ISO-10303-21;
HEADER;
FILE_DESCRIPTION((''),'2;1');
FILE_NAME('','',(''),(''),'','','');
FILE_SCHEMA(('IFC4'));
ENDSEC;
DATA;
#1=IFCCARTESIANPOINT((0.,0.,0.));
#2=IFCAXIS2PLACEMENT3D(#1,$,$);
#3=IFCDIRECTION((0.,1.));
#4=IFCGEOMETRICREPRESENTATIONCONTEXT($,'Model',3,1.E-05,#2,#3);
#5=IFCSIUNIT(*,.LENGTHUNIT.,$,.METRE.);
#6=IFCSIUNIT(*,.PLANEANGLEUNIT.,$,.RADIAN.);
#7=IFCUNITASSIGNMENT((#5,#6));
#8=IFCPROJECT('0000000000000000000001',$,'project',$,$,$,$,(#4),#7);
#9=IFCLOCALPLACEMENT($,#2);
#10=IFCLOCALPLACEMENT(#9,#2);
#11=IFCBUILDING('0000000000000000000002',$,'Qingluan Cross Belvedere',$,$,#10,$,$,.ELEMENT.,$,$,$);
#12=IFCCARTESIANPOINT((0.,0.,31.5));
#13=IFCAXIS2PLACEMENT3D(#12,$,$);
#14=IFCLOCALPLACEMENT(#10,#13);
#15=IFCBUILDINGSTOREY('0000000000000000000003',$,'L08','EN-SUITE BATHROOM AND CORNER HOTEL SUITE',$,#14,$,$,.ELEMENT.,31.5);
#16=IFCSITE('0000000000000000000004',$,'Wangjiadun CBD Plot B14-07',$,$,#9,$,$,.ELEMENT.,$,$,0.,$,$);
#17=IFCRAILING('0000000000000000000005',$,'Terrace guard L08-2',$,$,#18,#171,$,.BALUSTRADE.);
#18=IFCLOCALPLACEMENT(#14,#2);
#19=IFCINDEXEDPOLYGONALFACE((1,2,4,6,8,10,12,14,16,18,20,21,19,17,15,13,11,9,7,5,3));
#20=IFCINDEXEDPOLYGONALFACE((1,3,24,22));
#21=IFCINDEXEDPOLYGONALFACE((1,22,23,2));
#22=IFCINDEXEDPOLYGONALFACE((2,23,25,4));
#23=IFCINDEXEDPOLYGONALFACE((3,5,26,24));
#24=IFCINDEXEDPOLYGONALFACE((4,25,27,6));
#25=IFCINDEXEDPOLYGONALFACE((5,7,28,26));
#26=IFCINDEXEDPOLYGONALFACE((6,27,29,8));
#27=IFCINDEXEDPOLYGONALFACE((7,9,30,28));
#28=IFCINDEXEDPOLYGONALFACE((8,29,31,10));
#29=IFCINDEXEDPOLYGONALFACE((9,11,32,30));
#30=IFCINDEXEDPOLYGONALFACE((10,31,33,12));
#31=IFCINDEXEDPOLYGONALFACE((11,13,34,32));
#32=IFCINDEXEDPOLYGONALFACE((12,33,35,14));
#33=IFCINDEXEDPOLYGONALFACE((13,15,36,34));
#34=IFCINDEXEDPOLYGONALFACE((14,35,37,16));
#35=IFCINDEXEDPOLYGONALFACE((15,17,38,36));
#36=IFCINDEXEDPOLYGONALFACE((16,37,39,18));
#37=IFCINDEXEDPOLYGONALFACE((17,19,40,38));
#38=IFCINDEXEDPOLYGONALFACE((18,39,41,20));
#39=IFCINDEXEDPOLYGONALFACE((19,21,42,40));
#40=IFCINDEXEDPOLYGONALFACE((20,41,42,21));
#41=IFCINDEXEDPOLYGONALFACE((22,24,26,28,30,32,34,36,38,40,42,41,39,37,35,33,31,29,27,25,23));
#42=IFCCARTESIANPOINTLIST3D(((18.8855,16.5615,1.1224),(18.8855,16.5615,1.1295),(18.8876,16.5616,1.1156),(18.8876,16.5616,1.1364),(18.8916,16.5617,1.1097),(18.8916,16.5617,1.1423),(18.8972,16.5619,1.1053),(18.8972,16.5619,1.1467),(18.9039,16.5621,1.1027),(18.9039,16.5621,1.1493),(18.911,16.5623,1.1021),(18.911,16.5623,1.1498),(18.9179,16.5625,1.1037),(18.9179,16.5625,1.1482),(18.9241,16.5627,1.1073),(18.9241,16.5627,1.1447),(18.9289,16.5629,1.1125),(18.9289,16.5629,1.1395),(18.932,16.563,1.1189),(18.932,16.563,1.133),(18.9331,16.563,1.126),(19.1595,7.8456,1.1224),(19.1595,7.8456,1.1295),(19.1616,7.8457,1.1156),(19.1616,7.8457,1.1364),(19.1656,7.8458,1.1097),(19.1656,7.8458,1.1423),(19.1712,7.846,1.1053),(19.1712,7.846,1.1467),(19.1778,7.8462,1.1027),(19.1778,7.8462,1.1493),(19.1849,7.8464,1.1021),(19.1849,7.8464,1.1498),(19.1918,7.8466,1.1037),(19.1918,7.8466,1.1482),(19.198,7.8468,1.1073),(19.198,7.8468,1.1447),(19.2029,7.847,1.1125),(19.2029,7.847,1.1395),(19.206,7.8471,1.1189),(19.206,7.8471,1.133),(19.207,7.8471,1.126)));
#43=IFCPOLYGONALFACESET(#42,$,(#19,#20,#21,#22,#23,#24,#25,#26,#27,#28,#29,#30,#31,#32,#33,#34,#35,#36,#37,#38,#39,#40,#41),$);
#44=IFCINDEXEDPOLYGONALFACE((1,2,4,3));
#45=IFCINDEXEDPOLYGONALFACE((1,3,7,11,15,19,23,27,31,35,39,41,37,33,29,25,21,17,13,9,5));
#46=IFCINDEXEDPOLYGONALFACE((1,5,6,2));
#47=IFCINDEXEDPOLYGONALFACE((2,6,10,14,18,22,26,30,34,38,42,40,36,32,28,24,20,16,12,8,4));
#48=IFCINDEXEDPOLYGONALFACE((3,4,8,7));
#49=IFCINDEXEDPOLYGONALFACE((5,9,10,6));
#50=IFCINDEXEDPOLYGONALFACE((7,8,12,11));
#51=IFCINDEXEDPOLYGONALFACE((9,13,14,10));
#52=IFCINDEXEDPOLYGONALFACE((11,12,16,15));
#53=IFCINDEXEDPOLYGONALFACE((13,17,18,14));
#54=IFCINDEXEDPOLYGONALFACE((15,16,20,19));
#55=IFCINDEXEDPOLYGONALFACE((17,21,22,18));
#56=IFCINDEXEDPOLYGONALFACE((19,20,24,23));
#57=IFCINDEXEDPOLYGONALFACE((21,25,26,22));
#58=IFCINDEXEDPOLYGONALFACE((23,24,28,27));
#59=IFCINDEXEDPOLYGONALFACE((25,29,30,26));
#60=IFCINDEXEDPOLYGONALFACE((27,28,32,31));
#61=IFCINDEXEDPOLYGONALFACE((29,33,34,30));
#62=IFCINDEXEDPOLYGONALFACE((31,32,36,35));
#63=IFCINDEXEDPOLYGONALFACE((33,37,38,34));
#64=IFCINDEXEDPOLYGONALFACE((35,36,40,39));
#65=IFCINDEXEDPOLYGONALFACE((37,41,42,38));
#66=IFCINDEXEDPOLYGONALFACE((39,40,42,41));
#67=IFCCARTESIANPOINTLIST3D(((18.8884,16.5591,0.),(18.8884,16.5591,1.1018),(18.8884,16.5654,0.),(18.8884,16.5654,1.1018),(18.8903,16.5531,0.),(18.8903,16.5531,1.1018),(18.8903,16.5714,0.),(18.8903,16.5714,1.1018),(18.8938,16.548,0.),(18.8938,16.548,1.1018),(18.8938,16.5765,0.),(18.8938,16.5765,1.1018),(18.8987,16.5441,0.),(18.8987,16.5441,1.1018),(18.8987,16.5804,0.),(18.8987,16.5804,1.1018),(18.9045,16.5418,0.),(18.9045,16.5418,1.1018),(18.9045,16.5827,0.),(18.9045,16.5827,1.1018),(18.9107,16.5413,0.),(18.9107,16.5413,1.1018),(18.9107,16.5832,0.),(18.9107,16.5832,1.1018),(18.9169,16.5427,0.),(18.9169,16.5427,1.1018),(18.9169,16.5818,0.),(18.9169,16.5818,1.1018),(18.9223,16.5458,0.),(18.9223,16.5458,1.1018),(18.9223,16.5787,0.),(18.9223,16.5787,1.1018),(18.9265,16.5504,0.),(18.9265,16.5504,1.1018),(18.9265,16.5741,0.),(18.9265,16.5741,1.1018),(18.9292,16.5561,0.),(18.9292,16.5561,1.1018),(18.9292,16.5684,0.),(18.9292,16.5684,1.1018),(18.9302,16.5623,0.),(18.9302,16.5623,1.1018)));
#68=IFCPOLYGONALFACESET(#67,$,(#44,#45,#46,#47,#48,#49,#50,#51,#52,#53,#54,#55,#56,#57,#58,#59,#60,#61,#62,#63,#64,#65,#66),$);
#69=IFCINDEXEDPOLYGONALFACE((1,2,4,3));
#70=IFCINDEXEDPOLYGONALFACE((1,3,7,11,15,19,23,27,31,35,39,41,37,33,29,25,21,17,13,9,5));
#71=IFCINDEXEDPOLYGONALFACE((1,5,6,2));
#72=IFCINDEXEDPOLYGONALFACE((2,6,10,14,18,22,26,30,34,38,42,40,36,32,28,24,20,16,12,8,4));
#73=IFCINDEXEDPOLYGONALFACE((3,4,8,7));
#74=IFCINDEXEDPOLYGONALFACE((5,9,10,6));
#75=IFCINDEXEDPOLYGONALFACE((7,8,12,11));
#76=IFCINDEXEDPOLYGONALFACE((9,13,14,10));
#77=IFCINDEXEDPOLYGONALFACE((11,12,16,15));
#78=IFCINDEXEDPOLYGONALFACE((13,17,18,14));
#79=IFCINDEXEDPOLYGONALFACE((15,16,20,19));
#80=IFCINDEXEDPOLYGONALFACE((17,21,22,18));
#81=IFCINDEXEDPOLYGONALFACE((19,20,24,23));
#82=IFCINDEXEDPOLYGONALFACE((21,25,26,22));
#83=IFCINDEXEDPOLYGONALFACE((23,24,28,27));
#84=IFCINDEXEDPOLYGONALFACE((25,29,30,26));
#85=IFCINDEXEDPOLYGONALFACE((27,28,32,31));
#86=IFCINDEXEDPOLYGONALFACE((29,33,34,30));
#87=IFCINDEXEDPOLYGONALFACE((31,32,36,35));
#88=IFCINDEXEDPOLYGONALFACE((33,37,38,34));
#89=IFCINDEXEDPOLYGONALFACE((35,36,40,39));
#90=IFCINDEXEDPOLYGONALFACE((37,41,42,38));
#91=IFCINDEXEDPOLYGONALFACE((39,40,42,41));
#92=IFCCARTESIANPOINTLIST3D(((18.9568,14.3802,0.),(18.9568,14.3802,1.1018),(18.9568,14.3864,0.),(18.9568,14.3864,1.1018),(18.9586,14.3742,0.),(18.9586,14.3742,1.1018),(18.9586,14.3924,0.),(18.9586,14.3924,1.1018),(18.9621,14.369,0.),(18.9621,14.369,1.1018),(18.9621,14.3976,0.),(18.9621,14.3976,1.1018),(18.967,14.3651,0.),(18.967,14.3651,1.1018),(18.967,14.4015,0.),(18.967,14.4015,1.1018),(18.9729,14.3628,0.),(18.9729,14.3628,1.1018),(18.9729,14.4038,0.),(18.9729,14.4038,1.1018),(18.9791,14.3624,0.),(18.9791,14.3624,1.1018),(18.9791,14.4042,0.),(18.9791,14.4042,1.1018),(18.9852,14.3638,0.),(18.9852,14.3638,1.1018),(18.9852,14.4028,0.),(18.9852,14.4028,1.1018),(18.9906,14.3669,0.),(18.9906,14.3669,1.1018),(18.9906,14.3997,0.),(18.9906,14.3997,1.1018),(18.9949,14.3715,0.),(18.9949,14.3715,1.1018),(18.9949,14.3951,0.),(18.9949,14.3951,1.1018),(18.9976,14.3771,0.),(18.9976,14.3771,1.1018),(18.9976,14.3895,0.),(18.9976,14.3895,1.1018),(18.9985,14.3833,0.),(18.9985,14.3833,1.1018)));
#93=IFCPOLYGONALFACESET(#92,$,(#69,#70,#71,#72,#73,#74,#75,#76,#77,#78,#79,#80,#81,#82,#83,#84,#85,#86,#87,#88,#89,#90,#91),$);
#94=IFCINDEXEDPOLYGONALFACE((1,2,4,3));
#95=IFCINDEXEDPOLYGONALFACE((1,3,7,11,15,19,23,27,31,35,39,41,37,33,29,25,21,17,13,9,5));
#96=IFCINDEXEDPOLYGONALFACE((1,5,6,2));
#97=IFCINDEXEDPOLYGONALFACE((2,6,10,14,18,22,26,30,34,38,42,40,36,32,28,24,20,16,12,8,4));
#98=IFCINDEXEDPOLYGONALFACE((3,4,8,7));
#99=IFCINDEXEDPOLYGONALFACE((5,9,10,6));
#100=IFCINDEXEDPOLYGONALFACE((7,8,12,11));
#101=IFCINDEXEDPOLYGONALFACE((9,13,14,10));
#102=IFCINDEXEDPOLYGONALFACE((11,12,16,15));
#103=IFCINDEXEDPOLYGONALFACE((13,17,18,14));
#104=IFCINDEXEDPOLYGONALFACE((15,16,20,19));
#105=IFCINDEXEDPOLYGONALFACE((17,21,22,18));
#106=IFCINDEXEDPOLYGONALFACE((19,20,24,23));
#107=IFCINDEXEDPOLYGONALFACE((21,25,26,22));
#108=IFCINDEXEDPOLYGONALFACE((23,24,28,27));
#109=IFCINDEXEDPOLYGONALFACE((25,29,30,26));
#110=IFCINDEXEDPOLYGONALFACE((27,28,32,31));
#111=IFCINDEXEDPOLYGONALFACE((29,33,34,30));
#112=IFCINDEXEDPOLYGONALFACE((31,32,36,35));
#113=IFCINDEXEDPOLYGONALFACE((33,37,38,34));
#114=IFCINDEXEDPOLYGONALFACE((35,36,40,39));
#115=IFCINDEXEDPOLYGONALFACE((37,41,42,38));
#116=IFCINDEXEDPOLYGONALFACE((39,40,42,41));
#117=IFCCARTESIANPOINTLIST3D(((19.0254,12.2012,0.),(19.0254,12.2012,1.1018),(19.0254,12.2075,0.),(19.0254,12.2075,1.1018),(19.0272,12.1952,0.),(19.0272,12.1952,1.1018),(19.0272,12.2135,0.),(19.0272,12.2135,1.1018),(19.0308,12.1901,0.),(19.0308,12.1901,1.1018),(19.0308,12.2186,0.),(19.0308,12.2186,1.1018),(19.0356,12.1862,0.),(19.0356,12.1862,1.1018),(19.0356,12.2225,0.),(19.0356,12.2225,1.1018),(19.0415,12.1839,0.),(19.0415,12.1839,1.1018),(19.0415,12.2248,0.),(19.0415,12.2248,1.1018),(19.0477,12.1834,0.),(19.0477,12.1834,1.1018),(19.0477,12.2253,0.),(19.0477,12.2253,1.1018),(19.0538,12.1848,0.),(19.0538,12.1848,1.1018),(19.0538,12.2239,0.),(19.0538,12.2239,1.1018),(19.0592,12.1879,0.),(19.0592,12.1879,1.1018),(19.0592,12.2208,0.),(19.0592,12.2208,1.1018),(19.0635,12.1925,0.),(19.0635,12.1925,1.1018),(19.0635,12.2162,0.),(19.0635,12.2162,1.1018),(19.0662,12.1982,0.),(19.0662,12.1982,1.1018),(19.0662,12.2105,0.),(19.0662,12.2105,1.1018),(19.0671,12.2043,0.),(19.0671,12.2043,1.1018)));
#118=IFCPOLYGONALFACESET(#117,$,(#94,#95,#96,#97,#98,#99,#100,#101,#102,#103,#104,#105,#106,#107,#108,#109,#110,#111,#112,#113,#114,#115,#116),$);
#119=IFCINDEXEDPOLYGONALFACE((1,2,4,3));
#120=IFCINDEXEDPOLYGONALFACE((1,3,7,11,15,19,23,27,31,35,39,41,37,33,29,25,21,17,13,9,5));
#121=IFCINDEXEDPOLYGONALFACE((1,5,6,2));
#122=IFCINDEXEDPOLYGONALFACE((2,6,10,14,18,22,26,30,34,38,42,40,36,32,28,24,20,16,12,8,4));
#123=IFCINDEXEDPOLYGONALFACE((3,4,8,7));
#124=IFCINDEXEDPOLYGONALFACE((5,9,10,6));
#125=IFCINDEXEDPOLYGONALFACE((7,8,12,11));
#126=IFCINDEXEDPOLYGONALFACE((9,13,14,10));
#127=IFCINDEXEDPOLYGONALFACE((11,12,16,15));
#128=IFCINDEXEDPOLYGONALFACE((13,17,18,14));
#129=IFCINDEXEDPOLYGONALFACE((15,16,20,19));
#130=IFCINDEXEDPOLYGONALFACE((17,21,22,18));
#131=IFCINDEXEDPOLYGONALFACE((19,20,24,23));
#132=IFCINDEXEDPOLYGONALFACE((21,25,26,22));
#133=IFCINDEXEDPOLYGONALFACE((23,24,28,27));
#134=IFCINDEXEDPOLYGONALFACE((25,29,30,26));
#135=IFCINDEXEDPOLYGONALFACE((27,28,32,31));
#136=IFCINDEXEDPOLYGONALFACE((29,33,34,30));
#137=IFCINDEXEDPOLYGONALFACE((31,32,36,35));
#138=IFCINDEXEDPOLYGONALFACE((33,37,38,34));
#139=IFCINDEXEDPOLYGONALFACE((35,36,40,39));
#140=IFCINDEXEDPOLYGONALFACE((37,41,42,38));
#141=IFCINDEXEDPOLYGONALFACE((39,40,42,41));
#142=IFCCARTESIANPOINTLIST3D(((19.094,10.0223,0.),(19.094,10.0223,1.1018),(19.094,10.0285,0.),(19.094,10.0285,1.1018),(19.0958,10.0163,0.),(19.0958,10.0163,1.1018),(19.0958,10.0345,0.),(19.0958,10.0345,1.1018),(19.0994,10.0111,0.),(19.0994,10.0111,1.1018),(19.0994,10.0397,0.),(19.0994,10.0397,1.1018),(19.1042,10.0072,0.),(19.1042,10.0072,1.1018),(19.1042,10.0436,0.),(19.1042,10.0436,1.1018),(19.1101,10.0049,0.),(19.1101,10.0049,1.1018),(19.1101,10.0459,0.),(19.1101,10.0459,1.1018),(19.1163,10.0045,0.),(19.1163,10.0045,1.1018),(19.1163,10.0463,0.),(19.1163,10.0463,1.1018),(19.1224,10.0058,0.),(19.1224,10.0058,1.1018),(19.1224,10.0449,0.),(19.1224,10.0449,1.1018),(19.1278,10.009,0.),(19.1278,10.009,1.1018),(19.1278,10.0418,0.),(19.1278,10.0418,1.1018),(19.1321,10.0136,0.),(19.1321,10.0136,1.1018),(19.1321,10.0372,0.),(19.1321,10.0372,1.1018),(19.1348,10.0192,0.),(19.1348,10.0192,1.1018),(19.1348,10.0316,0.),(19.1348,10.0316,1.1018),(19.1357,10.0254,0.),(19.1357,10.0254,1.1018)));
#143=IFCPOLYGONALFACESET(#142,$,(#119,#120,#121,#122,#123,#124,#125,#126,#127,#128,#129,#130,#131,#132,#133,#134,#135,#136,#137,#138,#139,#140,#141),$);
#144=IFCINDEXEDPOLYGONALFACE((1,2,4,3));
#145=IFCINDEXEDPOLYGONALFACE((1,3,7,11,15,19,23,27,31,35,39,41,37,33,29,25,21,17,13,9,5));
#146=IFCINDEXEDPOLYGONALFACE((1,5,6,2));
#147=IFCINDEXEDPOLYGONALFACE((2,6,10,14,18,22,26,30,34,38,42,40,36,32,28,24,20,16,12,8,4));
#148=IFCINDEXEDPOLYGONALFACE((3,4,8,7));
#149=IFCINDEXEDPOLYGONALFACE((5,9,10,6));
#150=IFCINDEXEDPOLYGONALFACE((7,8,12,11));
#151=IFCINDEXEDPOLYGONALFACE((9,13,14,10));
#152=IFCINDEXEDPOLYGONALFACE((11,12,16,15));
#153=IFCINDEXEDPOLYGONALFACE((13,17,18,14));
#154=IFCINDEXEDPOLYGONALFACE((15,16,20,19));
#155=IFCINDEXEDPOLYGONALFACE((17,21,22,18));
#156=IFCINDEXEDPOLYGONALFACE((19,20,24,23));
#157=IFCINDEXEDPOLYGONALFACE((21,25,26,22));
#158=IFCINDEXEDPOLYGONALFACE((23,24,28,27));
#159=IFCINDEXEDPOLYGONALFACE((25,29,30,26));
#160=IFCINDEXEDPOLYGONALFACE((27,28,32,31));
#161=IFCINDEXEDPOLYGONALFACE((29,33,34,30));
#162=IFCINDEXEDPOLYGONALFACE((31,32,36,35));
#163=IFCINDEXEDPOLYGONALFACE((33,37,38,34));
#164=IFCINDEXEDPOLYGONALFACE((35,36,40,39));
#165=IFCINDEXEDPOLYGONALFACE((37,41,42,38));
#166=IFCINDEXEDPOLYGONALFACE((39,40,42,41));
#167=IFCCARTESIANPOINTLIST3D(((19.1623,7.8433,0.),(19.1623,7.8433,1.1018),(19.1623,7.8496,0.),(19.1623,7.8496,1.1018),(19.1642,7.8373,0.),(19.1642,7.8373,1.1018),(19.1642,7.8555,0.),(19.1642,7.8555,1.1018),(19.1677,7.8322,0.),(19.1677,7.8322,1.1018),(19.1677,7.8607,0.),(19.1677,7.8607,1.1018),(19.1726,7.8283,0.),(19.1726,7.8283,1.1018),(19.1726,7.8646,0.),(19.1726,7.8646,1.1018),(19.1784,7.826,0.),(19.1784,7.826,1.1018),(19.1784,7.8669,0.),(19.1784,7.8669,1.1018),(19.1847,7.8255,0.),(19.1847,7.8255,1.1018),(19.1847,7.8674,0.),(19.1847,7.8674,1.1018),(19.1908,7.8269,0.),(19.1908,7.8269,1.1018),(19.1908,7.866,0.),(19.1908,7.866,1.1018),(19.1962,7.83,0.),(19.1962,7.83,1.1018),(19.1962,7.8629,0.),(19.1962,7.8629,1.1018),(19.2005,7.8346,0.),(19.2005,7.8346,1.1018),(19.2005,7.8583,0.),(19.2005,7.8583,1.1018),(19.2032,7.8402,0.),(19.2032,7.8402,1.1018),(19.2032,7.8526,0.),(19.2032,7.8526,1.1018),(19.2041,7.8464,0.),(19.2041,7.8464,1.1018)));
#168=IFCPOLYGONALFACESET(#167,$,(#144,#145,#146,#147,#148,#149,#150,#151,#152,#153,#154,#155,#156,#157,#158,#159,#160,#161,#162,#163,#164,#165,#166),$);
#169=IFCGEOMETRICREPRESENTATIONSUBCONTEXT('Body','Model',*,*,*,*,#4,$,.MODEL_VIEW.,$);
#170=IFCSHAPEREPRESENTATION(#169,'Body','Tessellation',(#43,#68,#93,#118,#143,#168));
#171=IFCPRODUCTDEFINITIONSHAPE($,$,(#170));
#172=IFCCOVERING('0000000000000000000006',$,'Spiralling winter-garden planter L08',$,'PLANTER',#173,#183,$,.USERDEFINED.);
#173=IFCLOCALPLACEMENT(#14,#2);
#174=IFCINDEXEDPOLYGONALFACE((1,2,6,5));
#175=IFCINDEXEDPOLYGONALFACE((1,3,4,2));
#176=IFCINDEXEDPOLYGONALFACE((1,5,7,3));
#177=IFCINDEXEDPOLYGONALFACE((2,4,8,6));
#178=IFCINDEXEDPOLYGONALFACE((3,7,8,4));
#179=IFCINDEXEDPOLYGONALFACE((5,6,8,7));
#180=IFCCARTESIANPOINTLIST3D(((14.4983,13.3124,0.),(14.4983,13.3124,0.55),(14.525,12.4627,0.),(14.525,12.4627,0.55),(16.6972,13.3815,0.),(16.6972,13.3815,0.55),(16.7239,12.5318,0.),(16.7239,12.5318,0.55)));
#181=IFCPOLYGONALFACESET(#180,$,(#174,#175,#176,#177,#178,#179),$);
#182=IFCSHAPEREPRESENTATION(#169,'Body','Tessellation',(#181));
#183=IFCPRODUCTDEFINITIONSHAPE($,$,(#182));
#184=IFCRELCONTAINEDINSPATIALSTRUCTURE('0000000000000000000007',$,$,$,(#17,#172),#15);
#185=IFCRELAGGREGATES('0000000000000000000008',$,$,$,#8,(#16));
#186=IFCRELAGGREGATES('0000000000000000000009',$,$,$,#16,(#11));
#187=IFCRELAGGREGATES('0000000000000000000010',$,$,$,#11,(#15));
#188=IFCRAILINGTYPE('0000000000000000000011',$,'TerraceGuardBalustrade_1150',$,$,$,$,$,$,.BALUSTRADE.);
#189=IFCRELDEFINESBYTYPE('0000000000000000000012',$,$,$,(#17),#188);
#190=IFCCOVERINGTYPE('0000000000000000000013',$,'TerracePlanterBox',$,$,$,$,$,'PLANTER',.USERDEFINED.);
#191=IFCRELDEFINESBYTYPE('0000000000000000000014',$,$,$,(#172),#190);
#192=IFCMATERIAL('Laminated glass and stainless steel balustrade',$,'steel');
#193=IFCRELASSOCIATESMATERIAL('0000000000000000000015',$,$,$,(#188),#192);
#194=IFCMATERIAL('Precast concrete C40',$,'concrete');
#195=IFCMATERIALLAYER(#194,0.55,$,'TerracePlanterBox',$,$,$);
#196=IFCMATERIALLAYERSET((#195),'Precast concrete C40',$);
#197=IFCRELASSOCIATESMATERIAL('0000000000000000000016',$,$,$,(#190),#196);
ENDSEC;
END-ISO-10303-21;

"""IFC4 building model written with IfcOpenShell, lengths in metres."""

from ifc_helpers import new_model, si_unit, direction, frame, origin, origin_2d, place, context, subcontext, project, spatial, rectangle, circle, extrude, material, layer, layer_set, type_object, element, save


model = new_model("IFC4")

# Units and contexts
model_context = context("Model", 3, precision=1e-05, world=origin(), true_north=direction((0.0, 1.0)))
body_context = subcontext(model_context, "Body", "Model", "MODEL_VIEW")
ifc_project = project(units=[si_unit("LENGTHUNIT", "METRE"), si_unit("PLANEANGLEUNIT", "RADIAN")], contexts=[model_context])

# Site, building, storey
site_placement = place(None, origin())
site = spatial("IfcSite", under=ifc_project, at=site_placement, Name="Wangjiadun CBD Plot B14-07", CompositionType="ELEMENT", RefElevation=0.0)
building_placement = place(site_placement, origin())
building = spatial("IfcBuilding", under=site, at=building_placement, Name="Qingluan Cross Belvedere", CompositionType="ELEMENT")
storey_placement = place(building_placement, frame((0.0, 0.0, 31.5)))
storey = spatial("IfcBuildingStorey", under=building, at=storey_placement, Name="L08", Description="EN-SUITE BATHROOM AND CORNER HOTEL SUITE", CompositionType="ELEMENT", Elevation=31.5)

# Railing
ifc_material_1 = material(Name="Laminated glass and stainless steel balustrade", Category="steel")
railing_type = type_object("IfcRailingType", Name="TerraceGuardBalustrade_1150", PredefinedType="BALUSTRADE", material=ifc_material_1)
railing_placement = place(storey_placement, frame((18.9092, 16.5623, 0.0)))
element("IfcRailing", 1, at=railing_placement, inside=storey, type_object=railing_type, Name="Terrace guard L08-2", PredefinedType="BALUSTRADE", context=body_context, shape_type="SweptSolid", body=[
    extrude(circle(Radius=0.0239, at=origin_2d()), frame((0.0, 0.0, 1.126), z_axis=(0.031413, -0.999506, 0.0), x_axis=(0.999506, 0.031413, 0.0)), (0.0, 0.0, 1.0), 8.7202),
    extrude(circle(Radius=0.021, at=origin_2d()), origin(), (0.0, 0.0, 1.0), 1.1018),
    extrude(circle(Radius=0.021, at=origin_2d()), frame((0.0684, -2.179, 0.0)), (0.0, 0.0, 1.0), 1.1018),
    extrude(circle(Radius=0.021, at=origin_2d()), frame((0.137, -4.3579, 0.0)), (0.0, 0.0, 1.0), 1.1018),
    extrude(circle(Radius=0.021, at=origin_2d()), frame((0.2056, -6.5369, 0.0)), (0.0, 0.0, 1.0), 1.1018),
    extrude(circle(Radius=0.021, at=origin_2d()), frame((0.2739, -8.7158, 0.0)), (0.0, 0.0, 1.0), 1.1018),
])

# Covering
ifc_material_2 = material(Name="Precast concrete C40", Category="concrete")
ifc_layer_1 = layer(ifc_material_2, 0.55, Name="TerracePlanterBox")
ifc_layer_set_1 = layer_set([ifc_layer_1], Name="Precast concrete C40")
covering_type_1 = type_object("IfcCoveringType", Name="TerracePlanterBox", ElementType="PLANTER", PredefinedType="USERDEFINED", material=ifc_layer_set_1)
covering_1_placement = place(storey_placement, frame((15.6111, 12.9221, 0.0), z_axis=(0.0, 0.0, 1.0), x_axis=(0.999507, 0.031411, 0.0)))
element("IfcCovering", 2, at=covering_1_placement, inside=storey, type_object=covering_type_1, Name="Spiralling winter-garden planter L08", ObjectType="PLANTER", PredefinedType="USERDEFINED", context=body_context, shape_type="SweptSolid", body=[
    extrude(rectangle(XDim=2.2, YDim=0.8501, at=origin_2d()), origin(), (0.0, 0.0, 1.0), 0.55),
])

save(model, "model.ifc")
